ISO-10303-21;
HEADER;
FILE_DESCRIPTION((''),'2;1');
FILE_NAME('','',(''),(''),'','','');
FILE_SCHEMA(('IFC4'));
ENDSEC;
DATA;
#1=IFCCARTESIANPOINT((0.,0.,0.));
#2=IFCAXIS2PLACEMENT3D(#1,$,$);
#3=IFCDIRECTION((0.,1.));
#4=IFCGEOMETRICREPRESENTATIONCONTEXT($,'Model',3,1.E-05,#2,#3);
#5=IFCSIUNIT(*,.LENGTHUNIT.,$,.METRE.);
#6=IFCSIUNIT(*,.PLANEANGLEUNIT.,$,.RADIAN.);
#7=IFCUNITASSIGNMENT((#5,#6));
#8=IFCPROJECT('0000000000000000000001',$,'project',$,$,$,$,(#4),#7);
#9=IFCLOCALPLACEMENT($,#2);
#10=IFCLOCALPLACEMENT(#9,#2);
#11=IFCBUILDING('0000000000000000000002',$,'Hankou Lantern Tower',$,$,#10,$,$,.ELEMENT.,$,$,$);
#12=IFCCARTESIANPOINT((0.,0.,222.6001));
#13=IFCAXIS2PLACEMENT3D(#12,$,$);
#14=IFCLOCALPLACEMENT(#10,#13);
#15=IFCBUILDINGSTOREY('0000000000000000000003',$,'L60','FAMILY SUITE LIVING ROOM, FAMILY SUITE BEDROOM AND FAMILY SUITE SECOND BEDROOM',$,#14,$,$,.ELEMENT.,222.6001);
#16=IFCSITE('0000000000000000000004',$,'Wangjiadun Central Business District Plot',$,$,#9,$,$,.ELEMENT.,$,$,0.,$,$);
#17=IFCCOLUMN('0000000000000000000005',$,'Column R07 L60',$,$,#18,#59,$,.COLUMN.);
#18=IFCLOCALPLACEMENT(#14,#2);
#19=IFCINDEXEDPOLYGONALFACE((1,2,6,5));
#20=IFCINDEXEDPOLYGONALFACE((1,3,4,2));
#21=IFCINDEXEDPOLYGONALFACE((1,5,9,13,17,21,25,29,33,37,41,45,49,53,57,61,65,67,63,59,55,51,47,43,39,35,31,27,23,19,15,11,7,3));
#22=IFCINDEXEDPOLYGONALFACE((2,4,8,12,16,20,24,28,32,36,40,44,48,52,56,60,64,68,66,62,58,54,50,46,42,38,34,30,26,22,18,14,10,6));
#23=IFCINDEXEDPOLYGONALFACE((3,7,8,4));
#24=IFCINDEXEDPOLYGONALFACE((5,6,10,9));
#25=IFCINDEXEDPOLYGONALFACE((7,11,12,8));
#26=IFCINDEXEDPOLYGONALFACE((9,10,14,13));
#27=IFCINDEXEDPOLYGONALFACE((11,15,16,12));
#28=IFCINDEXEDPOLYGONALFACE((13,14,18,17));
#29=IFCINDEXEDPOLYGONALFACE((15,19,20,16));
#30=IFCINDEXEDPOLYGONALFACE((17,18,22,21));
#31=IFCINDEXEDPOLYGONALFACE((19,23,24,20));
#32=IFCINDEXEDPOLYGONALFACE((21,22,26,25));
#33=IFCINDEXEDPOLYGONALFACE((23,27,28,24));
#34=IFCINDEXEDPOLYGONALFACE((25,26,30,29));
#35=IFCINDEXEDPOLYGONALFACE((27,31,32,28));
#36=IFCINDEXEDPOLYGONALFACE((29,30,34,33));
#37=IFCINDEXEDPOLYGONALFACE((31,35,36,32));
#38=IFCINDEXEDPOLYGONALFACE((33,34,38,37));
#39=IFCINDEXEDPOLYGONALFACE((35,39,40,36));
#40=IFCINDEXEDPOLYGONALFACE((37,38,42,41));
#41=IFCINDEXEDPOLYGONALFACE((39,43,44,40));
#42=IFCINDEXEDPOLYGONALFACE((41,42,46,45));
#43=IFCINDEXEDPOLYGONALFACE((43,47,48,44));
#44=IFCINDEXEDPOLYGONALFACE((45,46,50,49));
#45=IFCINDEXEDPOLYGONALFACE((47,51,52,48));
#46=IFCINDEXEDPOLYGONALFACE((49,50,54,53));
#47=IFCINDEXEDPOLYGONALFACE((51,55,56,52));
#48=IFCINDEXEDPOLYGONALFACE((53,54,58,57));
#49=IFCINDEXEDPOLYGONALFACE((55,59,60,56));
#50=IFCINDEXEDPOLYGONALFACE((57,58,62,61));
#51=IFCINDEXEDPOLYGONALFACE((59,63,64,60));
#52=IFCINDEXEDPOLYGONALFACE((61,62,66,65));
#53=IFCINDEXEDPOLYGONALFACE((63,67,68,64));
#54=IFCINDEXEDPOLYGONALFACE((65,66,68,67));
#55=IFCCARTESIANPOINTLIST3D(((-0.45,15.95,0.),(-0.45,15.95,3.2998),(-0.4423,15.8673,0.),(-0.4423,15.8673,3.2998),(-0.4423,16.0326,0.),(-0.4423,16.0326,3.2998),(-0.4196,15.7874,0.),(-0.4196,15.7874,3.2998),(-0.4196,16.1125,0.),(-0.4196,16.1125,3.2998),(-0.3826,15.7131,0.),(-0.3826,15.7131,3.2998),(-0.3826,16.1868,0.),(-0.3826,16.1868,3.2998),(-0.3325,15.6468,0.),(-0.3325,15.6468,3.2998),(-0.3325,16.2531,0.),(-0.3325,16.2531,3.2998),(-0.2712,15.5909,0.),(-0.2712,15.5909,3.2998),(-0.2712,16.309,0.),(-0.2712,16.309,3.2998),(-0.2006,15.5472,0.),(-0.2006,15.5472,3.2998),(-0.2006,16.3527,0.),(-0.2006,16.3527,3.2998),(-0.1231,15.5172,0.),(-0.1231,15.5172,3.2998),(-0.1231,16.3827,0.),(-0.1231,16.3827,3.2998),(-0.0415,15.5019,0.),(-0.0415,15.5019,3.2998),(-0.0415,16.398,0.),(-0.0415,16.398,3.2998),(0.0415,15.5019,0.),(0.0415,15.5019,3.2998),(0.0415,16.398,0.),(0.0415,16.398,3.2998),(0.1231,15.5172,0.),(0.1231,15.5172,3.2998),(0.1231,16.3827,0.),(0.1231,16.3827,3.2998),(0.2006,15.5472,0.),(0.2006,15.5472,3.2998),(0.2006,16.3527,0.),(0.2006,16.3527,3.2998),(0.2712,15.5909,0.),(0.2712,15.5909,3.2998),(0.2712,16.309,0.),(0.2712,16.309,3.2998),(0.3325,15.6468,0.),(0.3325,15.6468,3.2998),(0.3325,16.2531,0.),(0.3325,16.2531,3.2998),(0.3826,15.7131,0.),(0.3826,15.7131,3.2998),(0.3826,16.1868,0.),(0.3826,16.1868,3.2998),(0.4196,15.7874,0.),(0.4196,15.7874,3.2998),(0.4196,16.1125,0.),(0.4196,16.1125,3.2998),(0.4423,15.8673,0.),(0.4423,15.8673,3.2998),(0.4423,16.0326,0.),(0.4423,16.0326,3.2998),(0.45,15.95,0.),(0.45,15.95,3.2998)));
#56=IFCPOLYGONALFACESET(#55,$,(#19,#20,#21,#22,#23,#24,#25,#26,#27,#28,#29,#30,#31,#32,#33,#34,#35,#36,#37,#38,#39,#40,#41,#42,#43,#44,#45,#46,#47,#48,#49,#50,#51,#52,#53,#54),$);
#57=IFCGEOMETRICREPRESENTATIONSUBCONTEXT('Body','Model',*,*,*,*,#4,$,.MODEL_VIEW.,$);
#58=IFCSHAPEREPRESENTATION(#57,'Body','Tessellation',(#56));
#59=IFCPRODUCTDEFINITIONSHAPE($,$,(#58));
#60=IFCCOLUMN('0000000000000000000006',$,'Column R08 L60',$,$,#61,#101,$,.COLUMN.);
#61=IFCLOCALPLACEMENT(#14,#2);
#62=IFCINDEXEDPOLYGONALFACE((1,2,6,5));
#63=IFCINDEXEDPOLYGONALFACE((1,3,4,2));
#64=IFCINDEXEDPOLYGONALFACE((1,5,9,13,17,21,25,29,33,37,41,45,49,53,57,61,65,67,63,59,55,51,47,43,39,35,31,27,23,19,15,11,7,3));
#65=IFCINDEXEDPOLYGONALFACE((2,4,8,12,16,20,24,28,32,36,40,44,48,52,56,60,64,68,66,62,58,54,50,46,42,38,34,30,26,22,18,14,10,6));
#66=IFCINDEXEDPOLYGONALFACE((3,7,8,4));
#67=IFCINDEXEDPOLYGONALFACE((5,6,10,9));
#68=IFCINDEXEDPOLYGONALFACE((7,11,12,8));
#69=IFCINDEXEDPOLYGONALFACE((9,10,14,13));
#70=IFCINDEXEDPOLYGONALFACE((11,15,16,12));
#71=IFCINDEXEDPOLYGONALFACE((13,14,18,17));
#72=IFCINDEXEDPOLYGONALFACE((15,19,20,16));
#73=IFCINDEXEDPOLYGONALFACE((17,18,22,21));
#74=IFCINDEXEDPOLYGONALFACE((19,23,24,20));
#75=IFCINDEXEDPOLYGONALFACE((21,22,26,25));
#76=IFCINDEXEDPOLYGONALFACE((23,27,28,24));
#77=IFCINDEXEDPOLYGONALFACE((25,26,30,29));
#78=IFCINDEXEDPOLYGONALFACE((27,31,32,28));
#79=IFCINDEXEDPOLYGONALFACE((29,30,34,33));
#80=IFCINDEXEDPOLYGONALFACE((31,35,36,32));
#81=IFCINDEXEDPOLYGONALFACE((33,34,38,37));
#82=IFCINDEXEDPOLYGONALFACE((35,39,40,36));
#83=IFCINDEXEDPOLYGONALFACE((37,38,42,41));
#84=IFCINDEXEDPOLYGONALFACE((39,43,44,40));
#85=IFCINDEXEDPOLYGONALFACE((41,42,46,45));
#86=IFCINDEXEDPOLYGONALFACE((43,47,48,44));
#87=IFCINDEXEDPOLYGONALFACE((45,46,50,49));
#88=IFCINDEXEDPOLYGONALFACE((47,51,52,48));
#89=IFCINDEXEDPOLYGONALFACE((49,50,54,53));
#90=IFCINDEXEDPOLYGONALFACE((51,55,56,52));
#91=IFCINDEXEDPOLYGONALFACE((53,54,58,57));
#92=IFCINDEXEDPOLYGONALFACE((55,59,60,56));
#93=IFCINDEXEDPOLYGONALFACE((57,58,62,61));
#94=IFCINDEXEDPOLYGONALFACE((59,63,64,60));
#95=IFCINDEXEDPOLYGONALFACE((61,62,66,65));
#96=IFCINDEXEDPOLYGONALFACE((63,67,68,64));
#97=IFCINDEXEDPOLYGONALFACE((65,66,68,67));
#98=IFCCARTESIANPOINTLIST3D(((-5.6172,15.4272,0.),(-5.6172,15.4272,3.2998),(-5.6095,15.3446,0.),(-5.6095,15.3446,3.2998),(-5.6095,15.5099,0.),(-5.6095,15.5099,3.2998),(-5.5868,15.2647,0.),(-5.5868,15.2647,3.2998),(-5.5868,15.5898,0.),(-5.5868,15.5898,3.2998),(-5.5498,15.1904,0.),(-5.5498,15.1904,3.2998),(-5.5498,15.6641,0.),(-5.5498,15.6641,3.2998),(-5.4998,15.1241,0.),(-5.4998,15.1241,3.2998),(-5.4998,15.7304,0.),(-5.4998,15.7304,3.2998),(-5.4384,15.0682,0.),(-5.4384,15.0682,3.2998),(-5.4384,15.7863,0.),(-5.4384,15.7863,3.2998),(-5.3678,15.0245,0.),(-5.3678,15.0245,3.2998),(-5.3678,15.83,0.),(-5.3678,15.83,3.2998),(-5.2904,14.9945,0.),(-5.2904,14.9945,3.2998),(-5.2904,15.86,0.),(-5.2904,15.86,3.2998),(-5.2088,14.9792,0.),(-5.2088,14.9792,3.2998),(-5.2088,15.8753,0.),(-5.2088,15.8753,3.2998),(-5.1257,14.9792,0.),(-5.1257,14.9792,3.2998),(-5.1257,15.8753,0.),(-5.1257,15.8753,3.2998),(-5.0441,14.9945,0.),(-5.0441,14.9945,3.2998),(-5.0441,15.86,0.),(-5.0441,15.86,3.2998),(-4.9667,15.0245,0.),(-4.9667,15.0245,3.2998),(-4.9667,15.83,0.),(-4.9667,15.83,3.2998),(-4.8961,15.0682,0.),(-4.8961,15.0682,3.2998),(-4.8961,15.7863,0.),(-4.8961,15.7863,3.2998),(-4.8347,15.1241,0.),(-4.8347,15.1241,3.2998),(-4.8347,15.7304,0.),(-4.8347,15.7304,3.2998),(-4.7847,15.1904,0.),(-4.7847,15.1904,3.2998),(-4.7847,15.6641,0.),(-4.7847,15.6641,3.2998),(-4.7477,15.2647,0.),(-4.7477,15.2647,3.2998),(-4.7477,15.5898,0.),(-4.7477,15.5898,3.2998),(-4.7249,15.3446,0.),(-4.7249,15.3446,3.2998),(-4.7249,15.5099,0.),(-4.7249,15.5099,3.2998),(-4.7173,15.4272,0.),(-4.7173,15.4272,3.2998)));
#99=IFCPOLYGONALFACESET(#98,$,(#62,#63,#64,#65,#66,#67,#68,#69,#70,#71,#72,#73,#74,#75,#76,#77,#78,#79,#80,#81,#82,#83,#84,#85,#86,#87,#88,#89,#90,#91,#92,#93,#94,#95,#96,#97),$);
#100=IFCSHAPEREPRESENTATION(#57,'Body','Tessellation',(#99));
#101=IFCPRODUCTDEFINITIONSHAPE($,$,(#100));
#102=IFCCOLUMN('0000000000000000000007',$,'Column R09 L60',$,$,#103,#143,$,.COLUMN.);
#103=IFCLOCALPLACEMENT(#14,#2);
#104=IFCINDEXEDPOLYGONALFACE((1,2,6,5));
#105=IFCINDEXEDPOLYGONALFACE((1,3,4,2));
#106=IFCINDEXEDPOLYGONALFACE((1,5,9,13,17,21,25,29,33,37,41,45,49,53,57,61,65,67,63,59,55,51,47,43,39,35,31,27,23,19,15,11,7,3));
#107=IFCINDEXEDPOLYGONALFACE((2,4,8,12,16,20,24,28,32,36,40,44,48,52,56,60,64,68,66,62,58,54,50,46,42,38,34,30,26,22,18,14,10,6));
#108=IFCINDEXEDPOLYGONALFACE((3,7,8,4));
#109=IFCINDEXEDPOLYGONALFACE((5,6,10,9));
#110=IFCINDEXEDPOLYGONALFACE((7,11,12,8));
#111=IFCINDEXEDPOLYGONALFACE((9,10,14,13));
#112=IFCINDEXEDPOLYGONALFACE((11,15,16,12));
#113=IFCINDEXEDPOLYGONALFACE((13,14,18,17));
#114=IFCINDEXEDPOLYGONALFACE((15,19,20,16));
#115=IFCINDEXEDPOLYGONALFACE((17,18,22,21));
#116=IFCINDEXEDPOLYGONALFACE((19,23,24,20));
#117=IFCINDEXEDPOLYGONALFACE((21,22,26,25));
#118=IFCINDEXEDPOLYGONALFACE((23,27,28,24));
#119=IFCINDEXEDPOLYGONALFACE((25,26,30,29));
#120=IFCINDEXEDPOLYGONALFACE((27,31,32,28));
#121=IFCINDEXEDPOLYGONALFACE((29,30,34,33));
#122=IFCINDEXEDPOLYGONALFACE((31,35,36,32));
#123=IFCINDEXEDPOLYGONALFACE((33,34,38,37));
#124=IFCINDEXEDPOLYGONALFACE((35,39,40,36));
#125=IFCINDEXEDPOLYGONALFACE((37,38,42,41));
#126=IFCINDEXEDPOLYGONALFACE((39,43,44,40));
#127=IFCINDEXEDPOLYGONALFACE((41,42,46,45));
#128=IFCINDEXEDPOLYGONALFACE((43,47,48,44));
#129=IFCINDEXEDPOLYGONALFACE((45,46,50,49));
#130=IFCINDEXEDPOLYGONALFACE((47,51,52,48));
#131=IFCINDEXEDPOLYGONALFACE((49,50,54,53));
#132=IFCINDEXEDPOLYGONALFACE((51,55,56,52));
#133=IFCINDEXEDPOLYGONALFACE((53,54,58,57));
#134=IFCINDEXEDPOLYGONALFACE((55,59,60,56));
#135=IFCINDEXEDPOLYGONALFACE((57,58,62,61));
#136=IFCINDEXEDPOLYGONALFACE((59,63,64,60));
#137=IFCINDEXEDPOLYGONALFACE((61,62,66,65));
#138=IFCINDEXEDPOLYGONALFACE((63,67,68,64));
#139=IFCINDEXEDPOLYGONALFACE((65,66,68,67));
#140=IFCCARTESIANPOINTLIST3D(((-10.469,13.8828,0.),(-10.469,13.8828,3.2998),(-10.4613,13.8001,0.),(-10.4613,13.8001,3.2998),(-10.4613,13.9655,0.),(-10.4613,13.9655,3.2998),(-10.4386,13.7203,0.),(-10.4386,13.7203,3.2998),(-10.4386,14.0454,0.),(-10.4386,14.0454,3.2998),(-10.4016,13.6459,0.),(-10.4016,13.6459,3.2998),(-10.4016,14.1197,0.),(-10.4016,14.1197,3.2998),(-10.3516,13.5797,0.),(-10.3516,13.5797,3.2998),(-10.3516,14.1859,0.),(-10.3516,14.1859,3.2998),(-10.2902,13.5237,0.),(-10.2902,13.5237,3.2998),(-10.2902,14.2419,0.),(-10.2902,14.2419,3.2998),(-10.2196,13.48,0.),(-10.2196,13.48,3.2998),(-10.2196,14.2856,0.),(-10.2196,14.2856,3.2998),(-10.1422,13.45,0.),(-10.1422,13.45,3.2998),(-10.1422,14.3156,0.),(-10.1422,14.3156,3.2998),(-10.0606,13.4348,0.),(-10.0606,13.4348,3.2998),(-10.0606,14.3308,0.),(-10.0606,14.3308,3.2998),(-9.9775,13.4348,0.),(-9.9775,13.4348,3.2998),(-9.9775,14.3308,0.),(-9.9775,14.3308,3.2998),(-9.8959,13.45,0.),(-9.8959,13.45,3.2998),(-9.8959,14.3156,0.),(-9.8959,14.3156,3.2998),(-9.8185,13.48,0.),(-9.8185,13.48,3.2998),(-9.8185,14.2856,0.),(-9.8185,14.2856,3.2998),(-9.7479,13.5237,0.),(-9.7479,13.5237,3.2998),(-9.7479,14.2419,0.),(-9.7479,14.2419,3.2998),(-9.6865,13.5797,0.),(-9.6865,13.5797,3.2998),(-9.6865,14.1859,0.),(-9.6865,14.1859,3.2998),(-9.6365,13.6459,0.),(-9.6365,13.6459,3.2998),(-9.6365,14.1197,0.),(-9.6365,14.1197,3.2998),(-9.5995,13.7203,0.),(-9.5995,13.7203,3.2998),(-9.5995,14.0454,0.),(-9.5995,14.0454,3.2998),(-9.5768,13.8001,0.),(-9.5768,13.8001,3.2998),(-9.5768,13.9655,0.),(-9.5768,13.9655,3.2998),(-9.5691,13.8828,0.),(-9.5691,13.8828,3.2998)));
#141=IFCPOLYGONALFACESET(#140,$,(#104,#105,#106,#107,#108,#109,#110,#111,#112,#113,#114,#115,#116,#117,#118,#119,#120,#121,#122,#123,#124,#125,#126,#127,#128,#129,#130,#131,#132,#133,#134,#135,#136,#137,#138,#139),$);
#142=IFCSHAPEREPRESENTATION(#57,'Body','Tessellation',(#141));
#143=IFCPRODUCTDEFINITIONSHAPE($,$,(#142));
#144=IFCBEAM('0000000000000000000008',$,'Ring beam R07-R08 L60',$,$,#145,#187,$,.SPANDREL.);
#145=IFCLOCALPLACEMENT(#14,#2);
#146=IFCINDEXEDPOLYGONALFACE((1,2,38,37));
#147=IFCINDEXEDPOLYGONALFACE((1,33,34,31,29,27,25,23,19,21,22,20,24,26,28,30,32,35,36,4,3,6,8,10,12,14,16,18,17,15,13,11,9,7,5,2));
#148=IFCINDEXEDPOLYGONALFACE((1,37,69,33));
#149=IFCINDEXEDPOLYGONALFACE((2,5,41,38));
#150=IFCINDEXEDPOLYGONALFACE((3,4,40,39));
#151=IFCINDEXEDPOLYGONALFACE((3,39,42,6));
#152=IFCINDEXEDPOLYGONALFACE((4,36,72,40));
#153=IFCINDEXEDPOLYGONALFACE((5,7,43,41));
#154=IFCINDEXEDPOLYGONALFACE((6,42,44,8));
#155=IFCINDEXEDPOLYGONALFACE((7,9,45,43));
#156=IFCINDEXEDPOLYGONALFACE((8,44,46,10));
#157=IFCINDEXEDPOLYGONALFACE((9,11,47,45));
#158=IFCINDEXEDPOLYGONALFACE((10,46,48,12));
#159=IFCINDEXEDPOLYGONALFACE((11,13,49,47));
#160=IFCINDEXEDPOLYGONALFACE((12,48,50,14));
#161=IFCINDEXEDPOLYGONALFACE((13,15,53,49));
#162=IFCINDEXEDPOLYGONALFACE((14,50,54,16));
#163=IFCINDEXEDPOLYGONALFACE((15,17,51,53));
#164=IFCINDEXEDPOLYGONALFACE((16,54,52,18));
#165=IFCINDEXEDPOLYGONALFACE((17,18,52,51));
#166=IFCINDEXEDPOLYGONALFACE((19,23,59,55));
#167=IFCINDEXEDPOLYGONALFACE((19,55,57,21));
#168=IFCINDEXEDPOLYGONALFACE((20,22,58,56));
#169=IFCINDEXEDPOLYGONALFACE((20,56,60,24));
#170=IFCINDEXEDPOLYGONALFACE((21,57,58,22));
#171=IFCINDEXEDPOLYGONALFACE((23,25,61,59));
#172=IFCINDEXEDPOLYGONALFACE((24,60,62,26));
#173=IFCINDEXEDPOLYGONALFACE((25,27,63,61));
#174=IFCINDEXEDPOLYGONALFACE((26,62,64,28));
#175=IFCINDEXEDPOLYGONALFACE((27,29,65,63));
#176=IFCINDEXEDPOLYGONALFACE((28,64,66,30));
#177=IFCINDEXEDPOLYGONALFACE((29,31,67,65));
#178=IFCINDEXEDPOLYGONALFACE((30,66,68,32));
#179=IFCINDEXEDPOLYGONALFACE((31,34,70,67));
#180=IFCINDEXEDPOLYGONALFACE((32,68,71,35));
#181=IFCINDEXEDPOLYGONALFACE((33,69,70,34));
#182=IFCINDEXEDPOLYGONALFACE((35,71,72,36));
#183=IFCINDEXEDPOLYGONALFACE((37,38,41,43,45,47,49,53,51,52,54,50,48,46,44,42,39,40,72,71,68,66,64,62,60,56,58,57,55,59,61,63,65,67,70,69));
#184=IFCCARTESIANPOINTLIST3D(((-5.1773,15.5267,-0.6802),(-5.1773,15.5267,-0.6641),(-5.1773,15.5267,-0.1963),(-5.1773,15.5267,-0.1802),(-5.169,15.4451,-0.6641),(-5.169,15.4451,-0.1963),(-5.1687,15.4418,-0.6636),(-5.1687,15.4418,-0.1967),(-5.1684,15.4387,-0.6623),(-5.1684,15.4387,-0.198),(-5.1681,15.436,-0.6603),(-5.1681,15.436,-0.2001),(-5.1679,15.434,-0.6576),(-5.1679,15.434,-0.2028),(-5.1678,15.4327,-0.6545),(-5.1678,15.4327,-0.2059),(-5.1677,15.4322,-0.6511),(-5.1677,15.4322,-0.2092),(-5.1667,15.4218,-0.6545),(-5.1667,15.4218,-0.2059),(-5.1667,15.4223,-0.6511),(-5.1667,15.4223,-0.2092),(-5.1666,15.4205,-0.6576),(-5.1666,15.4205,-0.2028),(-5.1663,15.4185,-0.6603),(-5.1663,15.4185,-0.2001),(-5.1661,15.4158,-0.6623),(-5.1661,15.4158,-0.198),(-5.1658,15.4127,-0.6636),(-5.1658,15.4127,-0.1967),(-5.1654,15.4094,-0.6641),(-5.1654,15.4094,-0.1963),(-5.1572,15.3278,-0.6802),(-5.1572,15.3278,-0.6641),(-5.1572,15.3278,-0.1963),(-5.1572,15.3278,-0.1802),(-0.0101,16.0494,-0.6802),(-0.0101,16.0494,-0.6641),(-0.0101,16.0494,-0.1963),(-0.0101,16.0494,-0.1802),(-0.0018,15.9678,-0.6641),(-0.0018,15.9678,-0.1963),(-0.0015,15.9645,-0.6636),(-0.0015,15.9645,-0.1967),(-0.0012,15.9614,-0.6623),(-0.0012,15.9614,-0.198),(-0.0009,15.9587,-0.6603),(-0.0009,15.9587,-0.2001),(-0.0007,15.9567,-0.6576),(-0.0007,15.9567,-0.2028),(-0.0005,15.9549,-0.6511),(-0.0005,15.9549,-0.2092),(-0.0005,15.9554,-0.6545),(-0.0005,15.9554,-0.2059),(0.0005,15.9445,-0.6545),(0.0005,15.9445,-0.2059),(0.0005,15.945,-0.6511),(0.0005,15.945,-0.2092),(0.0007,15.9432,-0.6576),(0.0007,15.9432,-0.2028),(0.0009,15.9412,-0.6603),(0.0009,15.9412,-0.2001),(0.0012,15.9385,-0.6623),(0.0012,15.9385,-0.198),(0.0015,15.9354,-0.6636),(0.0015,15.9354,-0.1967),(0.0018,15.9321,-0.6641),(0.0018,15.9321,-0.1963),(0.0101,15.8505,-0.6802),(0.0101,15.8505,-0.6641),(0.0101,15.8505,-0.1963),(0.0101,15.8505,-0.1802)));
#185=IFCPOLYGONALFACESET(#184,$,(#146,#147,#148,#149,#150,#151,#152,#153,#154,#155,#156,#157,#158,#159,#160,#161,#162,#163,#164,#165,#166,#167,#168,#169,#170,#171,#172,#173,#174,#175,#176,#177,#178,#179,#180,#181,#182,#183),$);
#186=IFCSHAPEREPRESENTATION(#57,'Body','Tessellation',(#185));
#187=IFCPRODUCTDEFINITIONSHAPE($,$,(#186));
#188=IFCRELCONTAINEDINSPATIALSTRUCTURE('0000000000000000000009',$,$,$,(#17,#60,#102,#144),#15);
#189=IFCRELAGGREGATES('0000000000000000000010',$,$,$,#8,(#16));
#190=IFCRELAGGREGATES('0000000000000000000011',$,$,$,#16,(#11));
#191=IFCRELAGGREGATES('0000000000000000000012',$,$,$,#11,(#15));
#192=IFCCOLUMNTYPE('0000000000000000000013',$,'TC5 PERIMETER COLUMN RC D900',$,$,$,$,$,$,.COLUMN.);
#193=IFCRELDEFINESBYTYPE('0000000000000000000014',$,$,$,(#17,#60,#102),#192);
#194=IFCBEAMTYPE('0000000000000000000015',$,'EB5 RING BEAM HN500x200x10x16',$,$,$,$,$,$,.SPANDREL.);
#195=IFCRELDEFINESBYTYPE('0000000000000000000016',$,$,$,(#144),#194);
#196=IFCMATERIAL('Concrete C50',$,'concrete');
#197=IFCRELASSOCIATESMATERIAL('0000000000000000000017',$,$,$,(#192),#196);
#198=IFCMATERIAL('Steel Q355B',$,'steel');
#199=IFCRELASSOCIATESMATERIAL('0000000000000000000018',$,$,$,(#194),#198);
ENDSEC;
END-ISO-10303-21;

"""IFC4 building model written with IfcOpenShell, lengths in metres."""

from ifc_helpers import new_model, si_unit, direction, frame, origin, origin_2d, place, context, subcontext, project, spatial, circle, i_section, extrude, material, material_profile, profile_set, type_object, element, save


model = new_model("IFC4")

# Units and contexts
model_context = context("Model", 3, precision=1e-05, world=origin(), true_north=direction((0.0, 1.0)))
body_context = subcontext(model_context, "Body", "Model", "MODEL_VIEW")
ifc_project = project(units=[si_unit("LENGTHUNIT", "METRE"), si_unit("PLANEANGLEUNIT", "RADIAN")], contexts=[model_context])

# Site, building, storey
site_placement = place(None, origin())
site = spatial("IfcSite", under=ifc_project, at=site_placement, Name="Wangjiadun Central Business District Plot", CompositionType="ELEMENT", RefElevation=0.0)
building_placement = place(site_placement, origin())
building = spatial("IfcBuilding", under=site, at=building_placement, Name="Hankou Lantern Tower", CompositionType="ELEMENT")
storey_placement = place(building_placement, frame((0.0, 0.0, 222.6001)))
storey = spatial("IfcBuildingStorey", under=building, at=storey_placement, Name="L60", Description="FAMILY SUITE LIVING ROOM, FAMILY SUITE BEDROOM AND FAMILY SUITE SECOND BEDROOM", CompositionType="ELEMENT", Elevation=222.6001)

# Columns
ifc_material_1 = material(Name="Concrete C50", Category="concrete")
ifc_material_profile_1 = material_profile(ifc_material_1, circle(Radius=0.45, at=origin_2d()), Name="RC D900")
ifc_profile_set_1 = profile_set([ifc_material_profile_1], Name="Concrete C50")
column_type = type_object("IfcColumnType", Name="TC5 PERIMETER COLUMN RC D900", PredefinedType="COLUMN", material=ifc_profile_set_1)
for number, where, z_axis, x_axis, name in (
    (1, (0.0, 15.95, 0.0), (0.0, 0.0, 1.0), (1.0, 0.0, 0.0), "Column R07 L60"),
    (2, (-5.1672, 15.4272, 0.0), (0.0, 0.0, 1.0), (1.0, 0.0, 0.0), "Column R08 L60"),
    (3, (-10.019, 13.8828, 0.0), (0.0, 0.0, 1.0), (1.0, 0.0, 0.0), "Column R09 L60"),
):
    element("IfcColumn", number, at=place(storey_placement, frame(where, z_axis=z_axis, x_axis=x_axis)), inside=storey, type_object=column_type, Name=name, PredefinedType="COLUMN", context=body_context, shape_type="SweptSolid", body=[
        extrude(circle(Radius=0.45, at=origin_2d()), origin(), (0.0, 0.0, 1.0), 3.2998),
    ])

# Beam
ifc_material_2 = material(Name="Steel Q355B", Category="steel")
ifc_material_profile_2 = material_profile(ifc_material_2, i_section(OverallWidth=0.2, OverallDepth=0.5, WebThickness=0.01, FlangeThickness=0.0161, FilletRadius=0.0129, at=origin_2d()), Name="HN500x200x10x16")
ifc_profile_set_2 = profile_set([ifc_material_profile_2], Name="Steel Q355B")
beam_type_1 = type_object("IfcBeamType", Name="EB5 RING BEAM HN500x200x10x16", PredefinedType="SPANDREL", material=ifc_profile_set_2)
beam_1_placement = place(storey_placement, frame((0.0, 15.95, -0.4302), z_axis=(-0.994923, -0.100644, 0.0), x_axis=(0.100644, -0.994923, 0.0)))
element("IfcBeam", 4, at=beam_1_placement, inside=storey, type_object=beam_type_1, Name="Ring beam R07-R08 L60", PredefinedType="SPANDREL", context=body_context, shape_type="SweptSolid", body=[
    extrude(i_section(OverallWidth=0.2, OverallDepth=0.5, WebThickness=0.01, FlangeThickness=0.0161, FilletRadius=0.0129, at=origin_2d()), origin(), (0.0, 0.0, 1.0), 5.1936),
])

save(model, "model.ifc")
